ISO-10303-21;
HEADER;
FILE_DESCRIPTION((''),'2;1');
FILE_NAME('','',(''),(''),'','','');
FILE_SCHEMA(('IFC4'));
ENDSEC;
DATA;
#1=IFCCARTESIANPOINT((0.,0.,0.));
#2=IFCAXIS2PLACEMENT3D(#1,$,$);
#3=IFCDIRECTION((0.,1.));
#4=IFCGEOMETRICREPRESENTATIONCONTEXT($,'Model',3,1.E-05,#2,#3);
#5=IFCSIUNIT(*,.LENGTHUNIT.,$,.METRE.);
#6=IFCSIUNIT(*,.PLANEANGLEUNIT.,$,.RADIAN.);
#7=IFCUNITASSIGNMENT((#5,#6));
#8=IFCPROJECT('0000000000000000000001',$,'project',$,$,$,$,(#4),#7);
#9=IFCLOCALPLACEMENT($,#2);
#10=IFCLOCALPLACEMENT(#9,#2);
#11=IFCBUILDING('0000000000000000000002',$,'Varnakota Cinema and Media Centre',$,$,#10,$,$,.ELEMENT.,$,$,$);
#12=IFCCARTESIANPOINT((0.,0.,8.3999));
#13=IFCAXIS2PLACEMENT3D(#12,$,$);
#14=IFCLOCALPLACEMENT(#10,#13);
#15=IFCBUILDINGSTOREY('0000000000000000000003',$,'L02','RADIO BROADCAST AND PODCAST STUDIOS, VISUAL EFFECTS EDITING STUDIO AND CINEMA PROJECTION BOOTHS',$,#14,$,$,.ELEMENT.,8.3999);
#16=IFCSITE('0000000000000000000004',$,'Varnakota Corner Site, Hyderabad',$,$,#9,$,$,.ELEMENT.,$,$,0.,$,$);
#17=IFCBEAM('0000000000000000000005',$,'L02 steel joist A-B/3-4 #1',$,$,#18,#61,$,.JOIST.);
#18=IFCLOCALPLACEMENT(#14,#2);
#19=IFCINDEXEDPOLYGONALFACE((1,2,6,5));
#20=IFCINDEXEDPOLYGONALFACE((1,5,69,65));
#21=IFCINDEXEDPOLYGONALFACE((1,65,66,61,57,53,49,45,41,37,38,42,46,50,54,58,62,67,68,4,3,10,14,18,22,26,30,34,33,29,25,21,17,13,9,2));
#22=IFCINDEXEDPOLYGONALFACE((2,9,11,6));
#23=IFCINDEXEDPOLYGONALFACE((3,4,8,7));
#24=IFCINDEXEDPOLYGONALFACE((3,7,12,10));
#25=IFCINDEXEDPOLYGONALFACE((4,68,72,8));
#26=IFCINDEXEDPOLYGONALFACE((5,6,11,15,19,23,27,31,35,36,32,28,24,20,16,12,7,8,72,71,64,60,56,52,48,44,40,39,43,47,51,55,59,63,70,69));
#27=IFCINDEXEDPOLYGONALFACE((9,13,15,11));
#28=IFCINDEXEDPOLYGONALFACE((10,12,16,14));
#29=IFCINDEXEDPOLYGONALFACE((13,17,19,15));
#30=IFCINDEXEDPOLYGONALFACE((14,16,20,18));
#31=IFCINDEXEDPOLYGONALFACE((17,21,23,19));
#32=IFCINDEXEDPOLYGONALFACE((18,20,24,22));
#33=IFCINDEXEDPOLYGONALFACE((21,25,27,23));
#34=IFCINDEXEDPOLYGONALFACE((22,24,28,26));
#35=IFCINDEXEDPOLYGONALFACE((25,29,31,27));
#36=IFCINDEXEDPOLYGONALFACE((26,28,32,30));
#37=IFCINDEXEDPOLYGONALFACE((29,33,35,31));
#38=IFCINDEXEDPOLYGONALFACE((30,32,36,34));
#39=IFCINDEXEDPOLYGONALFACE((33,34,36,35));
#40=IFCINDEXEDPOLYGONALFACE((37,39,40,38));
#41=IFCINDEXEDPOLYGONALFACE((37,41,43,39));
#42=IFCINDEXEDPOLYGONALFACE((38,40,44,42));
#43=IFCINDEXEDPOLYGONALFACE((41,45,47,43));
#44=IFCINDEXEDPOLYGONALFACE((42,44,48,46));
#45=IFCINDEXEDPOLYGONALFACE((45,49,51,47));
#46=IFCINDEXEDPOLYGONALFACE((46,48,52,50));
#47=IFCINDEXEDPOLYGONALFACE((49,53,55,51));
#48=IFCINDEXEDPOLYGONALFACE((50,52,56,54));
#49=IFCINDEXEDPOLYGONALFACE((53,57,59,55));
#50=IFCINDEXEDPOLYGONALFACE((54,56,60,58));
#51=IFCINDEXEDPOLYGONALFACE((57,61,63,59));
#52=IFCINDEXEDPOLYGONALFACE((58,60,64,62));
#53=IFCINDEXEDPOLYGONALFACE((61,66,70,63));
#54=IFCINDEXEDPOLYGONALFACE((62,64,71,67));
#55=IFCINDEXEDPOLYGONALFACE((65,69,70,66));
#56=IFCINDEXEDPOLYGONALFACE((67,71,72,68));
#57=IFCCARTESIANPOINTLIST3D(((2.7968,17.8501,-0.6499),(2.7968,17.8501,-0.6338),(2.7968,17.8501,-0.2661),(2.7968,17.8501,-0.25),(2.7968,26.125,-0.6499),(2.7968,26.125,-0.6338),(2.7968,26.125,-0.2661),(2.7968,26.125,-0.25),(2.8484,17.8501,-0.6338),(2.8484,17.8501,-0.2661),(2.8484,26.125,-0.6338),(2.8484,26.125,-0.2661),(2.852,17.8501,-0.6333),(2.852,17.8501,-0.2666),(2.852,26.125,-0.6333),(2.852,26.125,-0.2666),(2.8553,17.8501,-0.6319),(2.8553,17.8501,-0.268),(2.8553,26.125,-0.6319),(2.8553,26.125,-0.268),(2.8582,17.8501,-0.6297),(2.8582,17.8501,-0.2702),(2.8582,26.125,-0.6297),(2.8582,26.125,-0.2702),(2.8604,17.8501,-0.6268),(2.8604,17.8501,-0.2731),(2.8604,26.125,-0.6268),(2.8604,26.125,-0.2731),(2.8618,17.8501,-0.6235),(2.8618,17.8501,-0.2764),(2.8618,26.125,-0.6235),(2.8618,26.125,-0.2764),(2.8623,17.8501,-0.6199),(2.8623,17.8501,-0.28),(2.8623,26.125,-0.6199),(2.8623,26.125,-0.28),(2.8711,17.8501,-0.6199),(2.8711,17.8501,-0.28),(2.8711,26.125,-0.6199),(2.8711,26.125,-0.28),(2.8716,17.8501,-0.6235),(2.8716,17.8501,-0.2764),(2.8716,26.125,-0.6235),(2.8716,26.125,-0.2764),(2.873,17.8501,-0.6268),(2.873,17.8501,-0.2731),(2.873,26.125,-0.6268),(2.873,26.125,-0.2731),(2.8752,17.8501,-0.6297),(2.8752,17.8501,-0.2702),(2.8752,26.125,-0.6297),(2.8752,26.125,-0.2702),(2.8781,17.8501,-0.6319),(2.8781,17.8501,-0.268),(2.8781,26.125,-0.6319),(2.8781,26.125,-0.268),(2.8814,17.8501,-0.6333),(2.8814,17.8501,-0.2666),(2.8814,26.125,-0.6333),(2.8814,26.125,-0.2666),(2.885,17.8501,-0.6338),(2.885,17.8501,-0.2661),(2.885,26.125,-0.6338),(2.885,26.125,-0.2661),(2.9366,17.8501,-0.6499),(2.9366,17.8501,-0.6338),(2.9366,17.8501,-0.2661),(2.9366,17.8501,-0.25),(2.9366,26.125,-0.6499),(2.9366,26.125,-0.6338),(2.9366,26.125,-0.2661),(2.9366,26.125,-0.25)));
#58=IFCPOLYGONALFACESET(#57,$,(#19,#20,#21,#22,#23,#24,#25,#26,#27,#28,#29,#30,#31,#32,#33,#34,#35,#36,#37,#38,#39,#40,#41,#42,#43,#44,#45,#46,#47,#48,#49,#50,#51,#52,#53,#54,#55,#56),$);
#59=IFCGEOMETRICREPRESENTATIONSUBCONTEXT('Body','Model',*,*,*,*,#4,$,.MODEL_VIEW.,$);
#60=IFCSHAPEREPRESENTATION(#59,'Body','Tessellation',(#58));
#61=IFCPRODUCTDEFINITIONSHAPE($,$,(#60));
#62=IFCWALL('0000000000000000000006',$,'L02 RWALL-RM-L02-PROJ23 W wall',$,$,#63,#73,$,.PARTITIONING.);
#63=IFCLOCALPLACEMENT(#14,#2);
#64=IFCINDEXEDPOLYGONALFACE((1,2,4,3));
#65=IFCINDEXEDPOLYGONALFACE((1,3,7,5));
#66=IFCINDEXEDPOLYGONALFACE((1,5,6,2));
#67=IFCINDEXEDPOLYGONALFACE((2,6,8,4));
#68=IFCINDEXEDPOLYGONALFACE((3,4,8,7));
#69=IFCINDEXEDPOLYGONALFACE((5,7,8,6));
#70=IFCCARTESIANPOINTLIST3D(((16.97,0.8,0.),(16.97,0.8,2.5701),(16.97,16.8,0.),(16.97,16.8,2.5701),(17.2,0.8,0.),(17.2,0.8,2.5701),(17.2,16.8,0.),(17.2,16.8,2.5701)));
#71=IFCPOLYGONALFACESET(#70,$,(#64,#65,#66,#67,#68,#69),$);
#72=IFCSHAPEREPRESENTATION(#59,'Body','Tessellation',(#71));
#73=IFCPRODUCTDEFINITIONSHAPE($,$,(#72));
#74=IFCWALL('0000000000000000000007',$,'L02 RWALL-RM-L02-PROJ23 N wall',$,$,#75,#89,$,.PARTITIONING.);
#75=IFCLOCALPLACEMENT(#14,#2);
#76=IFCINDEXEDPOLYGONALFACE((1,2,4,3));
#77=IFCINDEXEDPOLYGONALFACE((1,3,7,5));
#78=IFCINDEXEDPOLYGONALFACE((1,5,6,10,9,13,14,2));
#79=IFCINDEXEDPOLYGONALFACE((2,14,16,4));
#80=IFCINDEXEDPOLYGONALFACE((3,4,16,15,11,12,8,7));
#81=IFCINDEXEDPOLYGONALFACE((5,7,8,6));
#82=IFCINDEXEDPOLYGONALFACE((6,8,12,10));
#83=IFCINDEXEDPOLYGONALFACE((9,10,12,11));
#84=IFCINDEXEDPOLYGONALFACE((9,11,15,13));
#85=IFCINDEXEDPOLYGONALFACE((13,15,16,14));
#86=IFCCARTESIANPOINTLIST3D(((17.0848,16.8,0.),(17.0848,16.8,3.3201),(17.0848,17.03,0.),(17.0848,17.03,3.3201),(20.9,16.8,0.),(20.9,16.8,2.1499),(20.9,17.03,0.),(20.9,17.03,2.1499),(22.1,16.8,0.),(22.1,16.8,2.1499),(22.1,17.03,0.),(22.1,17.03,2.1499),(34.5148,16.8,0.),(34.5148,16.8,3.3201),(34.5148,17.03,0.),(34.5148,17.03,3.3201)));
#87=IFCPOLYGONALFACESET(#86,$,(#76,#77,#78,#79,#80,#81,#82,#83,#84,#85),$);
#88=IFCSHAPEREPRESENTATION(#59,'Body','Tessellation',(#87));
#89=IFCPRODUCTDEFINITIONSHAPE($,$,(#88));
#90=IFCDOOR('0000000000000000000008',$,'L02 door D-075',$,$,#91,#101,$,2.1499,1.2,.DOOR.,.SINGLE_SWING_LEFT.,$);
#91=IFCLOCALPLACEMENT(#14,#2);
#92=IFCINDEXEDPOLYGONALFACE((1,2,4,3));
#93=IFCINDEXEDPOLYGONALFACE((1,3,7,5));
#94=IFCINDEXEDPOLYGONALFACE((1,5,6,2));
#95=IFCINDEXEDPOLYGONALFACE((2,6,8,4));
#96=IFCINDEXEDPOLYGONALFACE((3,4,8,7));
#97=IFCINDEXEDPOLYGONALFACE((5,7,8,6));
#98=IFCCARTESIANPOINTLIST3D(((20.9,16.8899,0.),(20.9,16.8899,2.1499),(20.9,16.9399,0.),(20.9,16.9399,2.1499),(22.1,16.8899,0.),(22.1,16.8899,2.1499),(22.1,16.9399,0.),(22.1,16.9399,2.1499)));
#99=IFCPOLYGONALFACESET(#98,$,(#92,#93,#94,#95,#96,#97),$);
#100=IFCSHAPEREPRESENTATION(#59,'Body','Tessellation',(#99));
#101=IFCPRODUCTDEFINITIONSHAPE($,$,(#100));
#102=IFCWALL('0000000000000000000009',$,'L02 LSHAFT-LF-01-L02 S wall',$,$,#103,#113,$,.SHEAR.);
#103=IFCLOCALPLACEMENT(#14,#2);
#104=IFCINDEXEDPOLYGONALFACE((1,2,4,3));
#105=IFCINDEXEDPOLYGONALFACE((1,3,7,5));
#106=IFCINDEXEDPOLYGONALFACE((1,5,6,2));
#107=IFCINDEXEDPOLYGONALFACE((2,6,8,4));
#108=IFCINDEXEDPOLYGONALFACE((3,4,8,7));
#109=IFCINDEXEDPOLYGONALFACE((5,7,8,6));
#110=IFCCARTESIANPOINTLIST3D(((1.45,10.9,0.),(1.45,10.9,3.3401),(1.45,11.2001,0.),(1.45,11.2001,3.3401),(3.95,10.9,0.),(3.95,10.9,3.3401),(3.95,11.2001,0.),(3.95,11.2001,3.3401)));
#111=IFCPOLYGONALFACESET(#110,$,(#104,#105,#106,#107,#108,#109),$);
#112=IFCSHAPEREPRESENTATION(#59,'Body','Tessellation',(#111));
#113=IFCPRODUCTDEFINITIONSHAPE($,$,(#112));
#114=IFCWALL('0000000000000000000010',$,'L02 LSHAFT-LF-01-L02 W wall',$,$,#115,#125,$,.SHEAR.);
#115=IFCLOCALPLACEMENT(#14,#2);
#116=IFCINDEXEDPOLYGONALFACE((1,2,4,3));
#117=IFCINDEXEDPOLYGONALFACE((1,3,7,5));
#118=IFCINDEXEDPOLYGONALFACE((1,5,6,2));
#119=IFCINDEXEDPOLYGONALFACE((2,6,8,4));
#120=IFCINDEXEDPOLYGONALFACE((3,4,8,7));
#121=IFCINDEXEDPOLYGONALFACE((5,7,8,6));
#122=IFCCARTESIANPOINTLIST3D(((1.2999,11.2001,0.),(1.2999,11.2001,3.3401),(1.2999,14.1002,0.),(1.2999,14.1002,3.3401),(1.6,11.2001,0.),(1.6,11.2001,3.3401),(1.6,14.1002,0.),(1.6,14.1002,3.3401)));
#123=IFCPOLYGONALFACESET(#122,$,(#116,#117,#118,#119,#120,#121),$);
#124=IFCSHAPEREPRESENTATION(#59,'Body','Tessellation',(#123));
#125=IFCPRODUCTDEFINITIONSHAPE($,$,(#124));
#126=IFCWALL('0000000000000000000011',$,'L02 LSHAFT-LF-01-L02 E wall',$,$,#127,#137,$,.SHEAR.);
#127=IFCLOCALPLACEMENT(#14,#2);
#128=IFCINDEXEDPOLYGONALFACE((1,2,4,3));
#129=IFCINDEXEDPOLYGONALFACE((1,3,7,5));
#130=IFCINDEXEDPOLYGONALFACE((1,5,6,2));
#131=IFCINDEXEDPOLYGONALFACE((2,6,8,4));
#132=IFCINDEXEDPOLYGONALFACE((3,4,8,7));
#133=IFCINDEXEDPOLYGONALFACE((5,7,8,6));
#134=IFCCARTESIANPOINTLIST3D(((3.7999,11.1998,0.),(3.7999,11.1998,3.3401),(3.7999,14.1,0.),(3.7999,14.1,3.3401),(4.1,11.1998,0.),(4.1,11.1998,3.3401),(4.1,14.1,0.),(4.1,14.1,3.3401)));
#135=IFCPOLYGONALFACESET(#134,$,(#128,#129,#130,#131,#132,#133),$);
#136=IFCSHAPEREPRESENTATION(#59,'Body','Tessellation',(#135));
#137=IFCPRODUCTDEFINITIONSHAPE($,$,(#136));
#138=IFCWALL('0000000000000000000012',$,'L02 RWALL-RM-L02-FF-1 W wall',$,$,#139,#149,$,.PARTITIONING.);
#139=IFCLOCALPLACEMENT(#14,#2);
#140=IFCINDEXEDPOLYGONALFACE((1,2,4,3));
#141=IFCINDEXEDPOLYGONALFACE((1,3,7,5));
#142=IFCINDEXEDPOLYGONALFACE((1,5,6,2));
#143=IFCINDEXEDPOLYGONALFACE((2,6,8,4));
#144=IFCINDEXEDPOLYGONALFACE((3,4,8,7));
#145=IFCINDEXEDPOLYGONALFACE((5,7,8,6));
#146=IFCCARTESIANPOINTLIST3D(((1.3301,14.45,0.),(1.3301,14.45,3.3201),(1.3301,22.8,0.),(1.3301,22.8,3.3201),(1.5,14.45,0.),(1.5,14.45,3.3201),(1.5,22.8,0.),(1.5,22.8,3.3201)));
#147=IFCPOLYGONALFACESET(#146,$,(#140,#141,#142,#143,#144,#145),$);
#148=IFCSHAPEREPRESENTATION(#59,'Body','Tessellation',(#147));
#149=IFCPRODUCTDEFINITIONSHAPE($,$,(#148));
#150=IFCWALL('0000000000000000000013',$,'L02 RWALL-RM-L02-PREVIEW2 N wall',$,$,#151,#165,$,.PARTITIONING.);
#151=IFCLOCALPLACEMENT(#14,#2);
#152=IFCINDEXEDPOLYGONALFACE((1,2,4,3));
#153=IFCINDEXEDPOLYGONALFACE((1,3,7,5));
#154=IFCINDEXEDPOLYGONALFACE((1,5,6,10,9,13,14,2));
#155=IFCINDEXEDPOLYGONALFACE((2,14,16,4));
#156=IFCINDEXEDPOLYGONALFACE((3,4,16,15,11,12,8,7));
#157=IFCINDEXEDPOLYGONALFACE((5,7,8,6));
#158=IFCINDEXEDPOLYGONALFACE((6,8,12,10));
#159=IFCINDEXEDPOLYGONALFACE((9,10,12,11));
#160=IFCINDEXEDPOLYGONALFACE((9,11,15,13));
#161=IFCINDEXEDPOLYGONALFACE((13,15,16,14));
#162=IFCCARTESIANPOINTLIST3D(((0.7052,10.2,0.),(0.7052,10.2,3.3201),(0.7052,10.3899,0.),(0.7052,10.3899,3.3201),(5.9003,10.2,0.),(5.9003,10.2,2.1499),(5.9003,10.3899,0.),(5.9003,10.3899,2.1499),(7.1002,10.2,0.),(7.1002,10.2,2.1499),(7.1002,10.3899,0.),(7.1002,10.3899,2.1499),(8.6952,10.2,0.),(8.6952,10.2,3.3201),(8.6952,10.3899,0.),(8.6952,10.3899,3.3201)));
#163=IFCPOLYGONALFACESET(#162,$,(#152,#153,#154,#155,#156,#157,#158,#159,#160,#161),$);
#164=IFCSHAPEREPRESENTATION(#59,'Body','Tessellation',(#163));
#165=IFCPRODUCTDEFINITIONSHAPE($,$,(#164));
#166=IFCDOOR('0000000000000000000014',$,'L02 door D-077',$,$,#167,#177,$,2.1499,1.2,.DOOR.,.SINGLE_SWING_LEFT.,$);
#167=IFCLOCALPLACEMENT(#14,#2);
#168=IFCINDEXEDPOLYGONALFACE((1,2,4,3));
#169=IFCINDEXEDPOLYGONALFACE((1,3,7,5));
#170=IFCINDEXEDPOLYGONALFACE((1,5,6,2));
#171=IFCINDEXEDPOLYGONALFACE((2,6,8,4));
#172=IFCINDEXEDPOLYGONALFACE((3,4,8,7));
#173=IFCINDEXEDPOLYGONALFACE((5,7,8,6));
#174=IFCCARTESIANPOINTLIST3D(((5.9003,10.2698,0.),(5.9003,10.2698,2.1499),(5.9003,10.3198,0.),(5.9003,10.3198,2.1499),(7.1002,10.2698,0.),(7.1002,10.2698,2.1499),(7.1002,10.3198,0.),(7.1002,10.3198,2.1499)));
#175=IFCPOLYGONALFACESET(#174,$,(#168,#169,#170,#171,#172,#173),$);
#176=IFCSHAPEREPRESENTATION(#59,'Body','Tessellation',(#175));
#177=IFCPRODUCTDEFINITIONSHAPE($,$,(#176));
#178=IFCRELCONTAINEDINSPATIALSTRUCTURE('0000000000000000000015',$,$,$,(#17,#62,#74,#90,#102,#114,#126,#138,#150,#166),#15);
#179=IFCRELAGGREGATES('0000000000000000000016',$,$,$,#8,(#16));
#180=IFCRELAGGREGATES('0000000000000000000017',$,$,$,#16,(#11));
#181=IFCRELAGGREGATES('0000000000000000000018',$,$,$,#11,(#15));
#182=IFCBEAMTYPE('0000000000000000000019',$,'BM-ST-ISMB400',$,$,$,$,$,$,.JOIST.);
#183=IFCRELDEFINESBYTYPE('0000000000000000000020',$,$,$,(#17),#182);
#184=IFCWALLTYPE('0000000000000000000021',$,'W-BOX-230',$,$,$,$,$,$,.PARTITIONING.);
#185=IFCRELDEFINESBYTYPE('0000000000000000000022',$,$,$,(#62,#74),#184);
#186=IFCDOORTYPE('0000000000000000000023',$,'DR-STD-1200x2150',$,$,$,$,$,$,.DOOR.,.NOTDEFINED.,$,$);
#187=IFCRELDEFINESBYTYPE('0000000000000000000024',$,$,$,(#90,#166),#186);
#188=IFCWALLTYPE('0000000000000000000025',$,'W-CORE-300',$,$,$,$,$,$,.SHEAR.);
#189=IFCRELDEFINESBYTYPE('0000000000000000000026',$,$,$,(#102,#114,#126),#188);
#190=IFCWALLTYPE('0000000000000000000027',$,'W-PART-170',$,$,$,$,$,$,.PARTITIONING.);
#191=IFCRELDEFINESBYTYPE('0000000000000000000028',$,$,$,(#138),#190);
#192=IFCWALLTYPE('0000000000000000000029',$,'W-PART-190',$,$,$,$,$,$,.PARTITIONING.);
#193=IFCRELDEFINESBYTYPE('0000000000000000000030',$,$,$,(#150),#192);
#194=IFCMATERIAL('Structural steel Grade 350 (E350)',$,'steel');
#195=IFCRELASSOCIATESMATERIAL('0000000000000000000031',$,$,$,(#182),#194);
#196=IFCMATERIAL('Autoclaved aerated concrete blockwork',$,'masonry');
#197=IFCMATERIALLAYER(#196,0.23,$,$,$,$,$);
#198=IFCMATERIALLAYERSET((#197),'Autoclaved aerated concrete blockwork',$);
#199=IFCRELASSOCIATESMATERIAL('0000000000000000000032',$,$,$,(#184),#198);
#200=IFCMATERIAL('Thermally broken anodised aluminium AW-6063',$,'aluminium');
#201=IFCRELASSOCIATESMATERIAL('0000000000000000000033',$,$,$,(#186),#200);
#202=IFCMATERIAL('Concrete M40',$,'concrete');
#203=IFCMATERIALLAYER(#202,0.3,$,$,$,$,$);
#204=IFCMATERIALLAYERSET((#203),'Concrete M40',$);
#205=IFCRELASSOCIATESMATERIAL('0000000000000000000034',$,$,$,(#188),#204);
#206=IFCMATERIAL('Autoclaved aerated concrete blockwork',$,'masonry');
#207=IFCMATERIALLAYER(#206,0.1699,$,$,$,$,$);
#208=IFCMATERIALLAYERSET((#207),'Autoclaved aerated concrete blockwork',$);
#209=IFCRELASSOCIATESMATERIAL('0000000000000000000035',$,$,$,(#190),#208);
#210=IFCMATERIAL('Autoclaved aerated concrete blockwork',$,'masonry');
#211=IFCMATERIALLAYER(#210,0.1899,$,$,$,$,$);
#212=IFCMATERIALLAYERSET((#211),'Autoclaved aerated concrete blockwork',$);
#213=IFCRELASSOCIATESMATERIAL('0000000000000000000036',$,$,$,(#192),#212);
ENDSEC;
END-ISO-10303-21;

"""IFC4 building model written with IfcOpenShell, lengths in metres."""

from ifc_helpers import new_model, si_unit, direction, frame, frame_2d, origin, origin_2d, place, context, subcontext, project, spatial, rectangle, i_section, extrude, material, layer, layer_set, material_profile, profile_set, type_object, element, fill, save


model = new_model("IFC4")

# Units and contexts
model_context = context("Model", 3, precision=1e-05, world=origin(), true_north=direction((0.0, 1.0)))
body_context = subcontext(model_context, "Body", "Model", "MODEL_VIEW")
ifc_project = project(units=[si_unit("LENGTHUNIT", "METRE"), si_unit("PLANEANGLEUNIT", "RADIAN")], contexts=[model_context])

# Site, building, storey
site_placement = place(None, origin())
site = spatial("IfcSite", under=ifc_project, at=site_placement, Name="Varnakota Corner Site, Hyderabad", CompositionType="ELEMENT", RefElevation=0.0)
building_placement = place(site_placement, origin())
building = spatial("IfcBuilding", under=site, at=building_placement, Name="Varnakota Cinema and Media Centre", CompositionType="ELEMENT")
storey_placement = place(building_placement, frame((0.0, 0.0, 8.3999)))
storey = spatial("IfcBuildingStorey", under=building, at=storey_placement, Name="L02", Description="RADIO BROADCAST AND PODCAST STUDIOS, VISUAL EFFECTS EDITING STUDIO AND CINEMA PROJECTION BOOTHS", CompositionType="ELEMENT", Elevation=8.3999)

# Beam
ifc_material_1 = material(Name="Structural steel Grade 350 (E350)", Category="steel")
ifc_material_profile_1 = material_profile(ifc_material_1, i_section(OverallWidth=0.1399, OverallDepth=0.3999, WebThickness=0.0088, FlangeThickness=0.0161, FilletRadius=0.0139, at=origin_2d()), Name="ISMB 400")
ifc_profile_set_1 = profile_set([ifc_material_profile_1], Name="Structural steel Grade 350 (E350)")
beam_type_1 = type_object("IfcBeamType", Name="BM-ST-ISMB400", PredefinedType="JOIST", material=ifc_profile_set_1)
beam_1_placement = place(storey_placement, frame((2.8667, 17.8501, -0.45), z_axis=(0.0, 1.0, 0.0), x_axis=(-1.0, 0.0, 0.0)))
element("IfcBeam", 1, at=beam_1_placement, inside=storey, type_object=beam_type_1, Name="L02 steel joist A-B/3-4 #1", PredefinedType="JOIST", context=body_context, shape_type="SweptSolid", body=[
    extrude(i_section(OverallWidth=0.1399, OverallDepth=0.3999, WebThickness=0.0088, FlangeThickness=0.0161, FilletRadius=0.0139, at=origin_2d()), origin(), (0.0, 0.0, 1.0), 8.2749),
])

# Wall
ifc_material_2 = material(Name="Autoclaved aerated concrete blockwork", Category="masonry")
ifc_layer_1 = layer(ifc_material_2, 0.23)
ifc_layer_set_1 = layer_set([ifc_layer_1], Name="Autoclaved aerated concrete blockwork")
wall_type_1 = type_object("IfcWallType", Name="W-BOX-230", PredefinedType="PARTITIONING", material=ifc_layer_set_1)
wall_1_placement = place(storey_placement, frame((17.085, 0.8, 0.0), z_axis=(0.0, 0.0, 1.0), x_axis=(0.0, 1.0, 0.0)))
element("IfcWall", 2, at=wall_1_placement, inside=storey, type_object=wall_type_1, Name="L02 RWALL-RM-L02-PROJ23 W wall", PredefinedType="PARTITIONING", context=body_context, shape_type="SweptSolid", body=[
    extrude(rectangle(XDim=16.0, YDim=0.23, at=frame_2d((8.0, 0.0))), origin(), (0.0, 0.0, 1.0), 2.5701),
])

# Wall, opening, door
wall_2_placement = place(storey_placement, frame((17.085, 16.915, 0.0), z_axis=(0.0, 0.0, 1.0), x_axis=(1.0, 0.0, 0.0)))
wall_2 = element("IfcWall", 3, at=wall_2_placement, inside=storey, type_object=wall_type_1, Name="L02 RWALL-RM-L02-PROJ23 N wall", PredefinedType="PARTITIONING", context=body_context, shape_type="SweptSolid", body=[
    extrude(rectangle(XDim=17.4299, YDim=0.23, at=frame_2d((8.7148, 0.0))), origin(), (0.0, 0.0, 1.0), 3.3201),
])
opening_1_placement = place(wall_2_placement, frame((3.8149, 0.0, 0.0)))
opening_1 = element("IfcOpeningElement", 4, at=opening_1_placement, cuts=wall_2, PredefinedType="OPENING", context=body_context, shape_type="SweptSolid", body=[
    extrude(rectangle(XDim=1.2, YDim=2.1499, at=frame_2d((0.6001, 1.075))), frame((0.0, 0.115, 0.0), z_axis=(0.0, -1.0, 0.0), x_axis=(1.0, 0.0, 0.0)), (0.0, 0.0, 1.0), 0.23),
])
ifc_material_3 = material(Name="Thermally broken anodised aluminium AW-6063", Category="aluminium")
door_type_1 = type_object("IfcDoorType", Name="DR-STD-1200x2150", OperationType="NOTDEFINED", PredefinedType="DOOR", material=ifc_material_3)
door_1_placement = place(opening_1_placement, origin())
door_1 = element("IfcDoor", 5, at=door_1_placement, inside=storey, type_object=door_type_1, Name="L02 door D-075", OperationType="SINGLE_SWING_LEFT", OverallHeight=2.1499, OverallWidth=1.2, PredefinedType="DOOR", context=body_context, shape_type="SweptSolid", body=[
    extrude(rectangle(XDim=1.2, YDim=2.1499, at=frame_2d((0.6001, 1.075))), frame((0.0, 0.0249, 0.0), z_axis=(0.0, -1.0, 0.0), x_axis=(1.0, 0.0, 0.0)), (0.0, 0.0, 1.0), 0.05),
])
fill(opening_1, door_1)

# Walls
ifc_material_4 = material(Name="Concrete M40", Category="concrete")
ifc_layer_2 = layer(ifc_material_4, 0.3)
ifc_layer_set_2 = layer_set([ifc_layer_2], Name="Concrete M40")
wall_type_2 = type_object("IfcWallType", Name="W-CORE-300", PredefinedType="SHEAR", material=ifc_layer_set_2)
wall_3_placement = place(storey_placement, frame((3.95, 11.05, 0.0), z_axis=(0.0, 0.0, 1.0), x_axis=(-1.0, 0.0, 0.0)))
element("IfcWall", 6, at=wall_3_placement, inside=storey, type_object=wall_type_2, Name="L02 LSHAFT-LF-01-L02 S wall", PredefinedType="SHEAR", context=body_context, shape_type="SweptSolid", body=[
    extrude(rectangle(XDim=2.5, YDim=0.3, at=frame_2d((1.25, 0.0))), origin(), (0.0, 0.0, 1.0), 3.3401),
])
wall_4_placement = place(storey_placement, frame((1.45, 11.2, 0.0), z_axis=(0.0, 0.0, 1.0), x_axis=(0.0, 1.0, 0.0)))
element("IfcWall", 7, at=wall_4_placement, inside=storey, type_object=wall_type_2, Name="L02 LSHAFT-LF-01-L02 W wall", PredefinedType="SHEAR", context=body_context, shape_type="SweptSolid", body=[
    extrude(rectangle(XDim=2.9001, YDim=0.3, at=frame_2d((1.4502, 0.0))), origin(), (0.0, 0.0, 1.0), 3.3401),
])

# Walls
wall_5_placement = place(storey_placement, frame((3.95, 14.1001, 0.0), z_axis=(0.0, 0.0, 1.0), x_axis=(0.0, -1.0, 0.0)))
element("IfcWall", 8, at=wall_5_placement, inside=storey, type_object=wall_type_2, Name="L02 LSHAFT-LF-01-L02 E wall", PredefinedType="SHEAR", context=body_context, shape_type="SweptSolid", body=[
    extrude(rectangle(XDim=2.9001, YDim=0.3, at=frame_2d((1.4502, 0.0))), origin(), (0.0, 0.0, 1.0), 3.3401),
])
ifc_material_5 = material(Name="Autoclaved aerated concrete blockwork", Category="masonry")
ifc_layer_3 = layer(ifc_material_5, 0.1699)
ifc_layer_set_3 = layer_set([ifc_layer_3], Name="Autoclaved aerated concrete blockwork")
wall_type_3 = type_object("IfcWallType", Name="W-PART-170", PredefinedType="PARTITIONING", material=ifc_layer_set_3)
wall_6_placement = place(storey_placement, frame((1.415, 14.45, 0.0), z_axis=(0.0, 0.0, 1.0), x_axis=(0.0, 1.0, 0.0)))
element("IfcWall", 9, at=wall_6_placement, inside=storey, type_object=wall_type_3, Name="L02 RWALL-RM-L02-FF-1 W wall", PredefinedType="PARTITIONING", context=body_context, shape_type="SweptSolid", body=[
    extrude(rectangle(XDim=8.3501, YDim=0.1699, at=frame_2d((4.175, 0.0))), origin(), (0.0, 0.0, 1.0), 3.3201),
])

# Wall, opening, door
ifc_material_6 = material(Name="Autoclaved aerated concrete blockwork", Category="masonry")
ifc_layer_4 = layer(ifc_material_6, 0.1899)
ifc_layer_set_4 = layer_set([ifc_layer_4], Name="Autoclaved aerated concrete blockwork")
wall_type_4 = type_object("IfcWallType", Name="W-PART-190", PredefinedType="PARTITIONING", material=ifc_layer_set_4)
wall_7_placement = place(storey_placement, frame((0.7051, 10.2949, 0.0), z_axis=(0.0, 0.0, 1.0), x_axis=(1.0, 0.0, 0.0)))
wall_7 = element("IfcWall", 10, at=wall_7_placement, inside=storey, type_object=wall_type_4, Name="L02 RWALL-RM-L02-PREVIEW2 N wall", PredefinedType="PARTITIONING", context=body_context, shape_type="SweptSolid", body=[
    extrude(rectangle(XDim=7.99, YDim=0.1899, at=frame_2d((3.9951, 0.0))), origin(), (0.0, 0.0, 1.0), 3.3201),
])
opening_2_placement = place(wall_7_placement, frame((5.1951, 0.0, 0.0)))
opening_2 = element("IfcOpeningElement", 11, at=opening_2_placement, cuts=wall_7, PredefinedType="OPENING", context=body_context, shape_type="SweptSolid", body=[
    extrude(rectangle(XDim=1.2, YDim=2.1499, at=frame_2d((0.6001, 1.075))), frame((0.0, 0.095, 0.0), z_axis=(0.0, -1.0, 0.0), x_axis=(1.0, 0.0, 0.0)), (0.0, 0.0, 1.0), 0.1899),
])
door_2_placement = place(opening_2_placement, origin())
door_2 = element("IfcDoor", 12, at=door_2_placement, inside=storey, type_object=door_type_1, Name="L02 door D-077", OperationType="SINGLE_SWING_LEFT", OverallHeight=2.1499, OverallWidth=1.2, PredefinedType="DOOR", context=body_context, shape_type="SweptSolid", body=[
    extrude(rectangle(XDim=1.2, YDim=2.1499, at=frame_2d((0.6001, 1.075))), frame((0.0, 0.0249, 0.0), z_axis=(0.0, -1.0, 0.0), x_axis=(1.0, 0.0, 0.0)), (0.0, 0.0, 1.0), 0.05),
])
fill(opening_2, door_2)

save(model, "model.ifc")
